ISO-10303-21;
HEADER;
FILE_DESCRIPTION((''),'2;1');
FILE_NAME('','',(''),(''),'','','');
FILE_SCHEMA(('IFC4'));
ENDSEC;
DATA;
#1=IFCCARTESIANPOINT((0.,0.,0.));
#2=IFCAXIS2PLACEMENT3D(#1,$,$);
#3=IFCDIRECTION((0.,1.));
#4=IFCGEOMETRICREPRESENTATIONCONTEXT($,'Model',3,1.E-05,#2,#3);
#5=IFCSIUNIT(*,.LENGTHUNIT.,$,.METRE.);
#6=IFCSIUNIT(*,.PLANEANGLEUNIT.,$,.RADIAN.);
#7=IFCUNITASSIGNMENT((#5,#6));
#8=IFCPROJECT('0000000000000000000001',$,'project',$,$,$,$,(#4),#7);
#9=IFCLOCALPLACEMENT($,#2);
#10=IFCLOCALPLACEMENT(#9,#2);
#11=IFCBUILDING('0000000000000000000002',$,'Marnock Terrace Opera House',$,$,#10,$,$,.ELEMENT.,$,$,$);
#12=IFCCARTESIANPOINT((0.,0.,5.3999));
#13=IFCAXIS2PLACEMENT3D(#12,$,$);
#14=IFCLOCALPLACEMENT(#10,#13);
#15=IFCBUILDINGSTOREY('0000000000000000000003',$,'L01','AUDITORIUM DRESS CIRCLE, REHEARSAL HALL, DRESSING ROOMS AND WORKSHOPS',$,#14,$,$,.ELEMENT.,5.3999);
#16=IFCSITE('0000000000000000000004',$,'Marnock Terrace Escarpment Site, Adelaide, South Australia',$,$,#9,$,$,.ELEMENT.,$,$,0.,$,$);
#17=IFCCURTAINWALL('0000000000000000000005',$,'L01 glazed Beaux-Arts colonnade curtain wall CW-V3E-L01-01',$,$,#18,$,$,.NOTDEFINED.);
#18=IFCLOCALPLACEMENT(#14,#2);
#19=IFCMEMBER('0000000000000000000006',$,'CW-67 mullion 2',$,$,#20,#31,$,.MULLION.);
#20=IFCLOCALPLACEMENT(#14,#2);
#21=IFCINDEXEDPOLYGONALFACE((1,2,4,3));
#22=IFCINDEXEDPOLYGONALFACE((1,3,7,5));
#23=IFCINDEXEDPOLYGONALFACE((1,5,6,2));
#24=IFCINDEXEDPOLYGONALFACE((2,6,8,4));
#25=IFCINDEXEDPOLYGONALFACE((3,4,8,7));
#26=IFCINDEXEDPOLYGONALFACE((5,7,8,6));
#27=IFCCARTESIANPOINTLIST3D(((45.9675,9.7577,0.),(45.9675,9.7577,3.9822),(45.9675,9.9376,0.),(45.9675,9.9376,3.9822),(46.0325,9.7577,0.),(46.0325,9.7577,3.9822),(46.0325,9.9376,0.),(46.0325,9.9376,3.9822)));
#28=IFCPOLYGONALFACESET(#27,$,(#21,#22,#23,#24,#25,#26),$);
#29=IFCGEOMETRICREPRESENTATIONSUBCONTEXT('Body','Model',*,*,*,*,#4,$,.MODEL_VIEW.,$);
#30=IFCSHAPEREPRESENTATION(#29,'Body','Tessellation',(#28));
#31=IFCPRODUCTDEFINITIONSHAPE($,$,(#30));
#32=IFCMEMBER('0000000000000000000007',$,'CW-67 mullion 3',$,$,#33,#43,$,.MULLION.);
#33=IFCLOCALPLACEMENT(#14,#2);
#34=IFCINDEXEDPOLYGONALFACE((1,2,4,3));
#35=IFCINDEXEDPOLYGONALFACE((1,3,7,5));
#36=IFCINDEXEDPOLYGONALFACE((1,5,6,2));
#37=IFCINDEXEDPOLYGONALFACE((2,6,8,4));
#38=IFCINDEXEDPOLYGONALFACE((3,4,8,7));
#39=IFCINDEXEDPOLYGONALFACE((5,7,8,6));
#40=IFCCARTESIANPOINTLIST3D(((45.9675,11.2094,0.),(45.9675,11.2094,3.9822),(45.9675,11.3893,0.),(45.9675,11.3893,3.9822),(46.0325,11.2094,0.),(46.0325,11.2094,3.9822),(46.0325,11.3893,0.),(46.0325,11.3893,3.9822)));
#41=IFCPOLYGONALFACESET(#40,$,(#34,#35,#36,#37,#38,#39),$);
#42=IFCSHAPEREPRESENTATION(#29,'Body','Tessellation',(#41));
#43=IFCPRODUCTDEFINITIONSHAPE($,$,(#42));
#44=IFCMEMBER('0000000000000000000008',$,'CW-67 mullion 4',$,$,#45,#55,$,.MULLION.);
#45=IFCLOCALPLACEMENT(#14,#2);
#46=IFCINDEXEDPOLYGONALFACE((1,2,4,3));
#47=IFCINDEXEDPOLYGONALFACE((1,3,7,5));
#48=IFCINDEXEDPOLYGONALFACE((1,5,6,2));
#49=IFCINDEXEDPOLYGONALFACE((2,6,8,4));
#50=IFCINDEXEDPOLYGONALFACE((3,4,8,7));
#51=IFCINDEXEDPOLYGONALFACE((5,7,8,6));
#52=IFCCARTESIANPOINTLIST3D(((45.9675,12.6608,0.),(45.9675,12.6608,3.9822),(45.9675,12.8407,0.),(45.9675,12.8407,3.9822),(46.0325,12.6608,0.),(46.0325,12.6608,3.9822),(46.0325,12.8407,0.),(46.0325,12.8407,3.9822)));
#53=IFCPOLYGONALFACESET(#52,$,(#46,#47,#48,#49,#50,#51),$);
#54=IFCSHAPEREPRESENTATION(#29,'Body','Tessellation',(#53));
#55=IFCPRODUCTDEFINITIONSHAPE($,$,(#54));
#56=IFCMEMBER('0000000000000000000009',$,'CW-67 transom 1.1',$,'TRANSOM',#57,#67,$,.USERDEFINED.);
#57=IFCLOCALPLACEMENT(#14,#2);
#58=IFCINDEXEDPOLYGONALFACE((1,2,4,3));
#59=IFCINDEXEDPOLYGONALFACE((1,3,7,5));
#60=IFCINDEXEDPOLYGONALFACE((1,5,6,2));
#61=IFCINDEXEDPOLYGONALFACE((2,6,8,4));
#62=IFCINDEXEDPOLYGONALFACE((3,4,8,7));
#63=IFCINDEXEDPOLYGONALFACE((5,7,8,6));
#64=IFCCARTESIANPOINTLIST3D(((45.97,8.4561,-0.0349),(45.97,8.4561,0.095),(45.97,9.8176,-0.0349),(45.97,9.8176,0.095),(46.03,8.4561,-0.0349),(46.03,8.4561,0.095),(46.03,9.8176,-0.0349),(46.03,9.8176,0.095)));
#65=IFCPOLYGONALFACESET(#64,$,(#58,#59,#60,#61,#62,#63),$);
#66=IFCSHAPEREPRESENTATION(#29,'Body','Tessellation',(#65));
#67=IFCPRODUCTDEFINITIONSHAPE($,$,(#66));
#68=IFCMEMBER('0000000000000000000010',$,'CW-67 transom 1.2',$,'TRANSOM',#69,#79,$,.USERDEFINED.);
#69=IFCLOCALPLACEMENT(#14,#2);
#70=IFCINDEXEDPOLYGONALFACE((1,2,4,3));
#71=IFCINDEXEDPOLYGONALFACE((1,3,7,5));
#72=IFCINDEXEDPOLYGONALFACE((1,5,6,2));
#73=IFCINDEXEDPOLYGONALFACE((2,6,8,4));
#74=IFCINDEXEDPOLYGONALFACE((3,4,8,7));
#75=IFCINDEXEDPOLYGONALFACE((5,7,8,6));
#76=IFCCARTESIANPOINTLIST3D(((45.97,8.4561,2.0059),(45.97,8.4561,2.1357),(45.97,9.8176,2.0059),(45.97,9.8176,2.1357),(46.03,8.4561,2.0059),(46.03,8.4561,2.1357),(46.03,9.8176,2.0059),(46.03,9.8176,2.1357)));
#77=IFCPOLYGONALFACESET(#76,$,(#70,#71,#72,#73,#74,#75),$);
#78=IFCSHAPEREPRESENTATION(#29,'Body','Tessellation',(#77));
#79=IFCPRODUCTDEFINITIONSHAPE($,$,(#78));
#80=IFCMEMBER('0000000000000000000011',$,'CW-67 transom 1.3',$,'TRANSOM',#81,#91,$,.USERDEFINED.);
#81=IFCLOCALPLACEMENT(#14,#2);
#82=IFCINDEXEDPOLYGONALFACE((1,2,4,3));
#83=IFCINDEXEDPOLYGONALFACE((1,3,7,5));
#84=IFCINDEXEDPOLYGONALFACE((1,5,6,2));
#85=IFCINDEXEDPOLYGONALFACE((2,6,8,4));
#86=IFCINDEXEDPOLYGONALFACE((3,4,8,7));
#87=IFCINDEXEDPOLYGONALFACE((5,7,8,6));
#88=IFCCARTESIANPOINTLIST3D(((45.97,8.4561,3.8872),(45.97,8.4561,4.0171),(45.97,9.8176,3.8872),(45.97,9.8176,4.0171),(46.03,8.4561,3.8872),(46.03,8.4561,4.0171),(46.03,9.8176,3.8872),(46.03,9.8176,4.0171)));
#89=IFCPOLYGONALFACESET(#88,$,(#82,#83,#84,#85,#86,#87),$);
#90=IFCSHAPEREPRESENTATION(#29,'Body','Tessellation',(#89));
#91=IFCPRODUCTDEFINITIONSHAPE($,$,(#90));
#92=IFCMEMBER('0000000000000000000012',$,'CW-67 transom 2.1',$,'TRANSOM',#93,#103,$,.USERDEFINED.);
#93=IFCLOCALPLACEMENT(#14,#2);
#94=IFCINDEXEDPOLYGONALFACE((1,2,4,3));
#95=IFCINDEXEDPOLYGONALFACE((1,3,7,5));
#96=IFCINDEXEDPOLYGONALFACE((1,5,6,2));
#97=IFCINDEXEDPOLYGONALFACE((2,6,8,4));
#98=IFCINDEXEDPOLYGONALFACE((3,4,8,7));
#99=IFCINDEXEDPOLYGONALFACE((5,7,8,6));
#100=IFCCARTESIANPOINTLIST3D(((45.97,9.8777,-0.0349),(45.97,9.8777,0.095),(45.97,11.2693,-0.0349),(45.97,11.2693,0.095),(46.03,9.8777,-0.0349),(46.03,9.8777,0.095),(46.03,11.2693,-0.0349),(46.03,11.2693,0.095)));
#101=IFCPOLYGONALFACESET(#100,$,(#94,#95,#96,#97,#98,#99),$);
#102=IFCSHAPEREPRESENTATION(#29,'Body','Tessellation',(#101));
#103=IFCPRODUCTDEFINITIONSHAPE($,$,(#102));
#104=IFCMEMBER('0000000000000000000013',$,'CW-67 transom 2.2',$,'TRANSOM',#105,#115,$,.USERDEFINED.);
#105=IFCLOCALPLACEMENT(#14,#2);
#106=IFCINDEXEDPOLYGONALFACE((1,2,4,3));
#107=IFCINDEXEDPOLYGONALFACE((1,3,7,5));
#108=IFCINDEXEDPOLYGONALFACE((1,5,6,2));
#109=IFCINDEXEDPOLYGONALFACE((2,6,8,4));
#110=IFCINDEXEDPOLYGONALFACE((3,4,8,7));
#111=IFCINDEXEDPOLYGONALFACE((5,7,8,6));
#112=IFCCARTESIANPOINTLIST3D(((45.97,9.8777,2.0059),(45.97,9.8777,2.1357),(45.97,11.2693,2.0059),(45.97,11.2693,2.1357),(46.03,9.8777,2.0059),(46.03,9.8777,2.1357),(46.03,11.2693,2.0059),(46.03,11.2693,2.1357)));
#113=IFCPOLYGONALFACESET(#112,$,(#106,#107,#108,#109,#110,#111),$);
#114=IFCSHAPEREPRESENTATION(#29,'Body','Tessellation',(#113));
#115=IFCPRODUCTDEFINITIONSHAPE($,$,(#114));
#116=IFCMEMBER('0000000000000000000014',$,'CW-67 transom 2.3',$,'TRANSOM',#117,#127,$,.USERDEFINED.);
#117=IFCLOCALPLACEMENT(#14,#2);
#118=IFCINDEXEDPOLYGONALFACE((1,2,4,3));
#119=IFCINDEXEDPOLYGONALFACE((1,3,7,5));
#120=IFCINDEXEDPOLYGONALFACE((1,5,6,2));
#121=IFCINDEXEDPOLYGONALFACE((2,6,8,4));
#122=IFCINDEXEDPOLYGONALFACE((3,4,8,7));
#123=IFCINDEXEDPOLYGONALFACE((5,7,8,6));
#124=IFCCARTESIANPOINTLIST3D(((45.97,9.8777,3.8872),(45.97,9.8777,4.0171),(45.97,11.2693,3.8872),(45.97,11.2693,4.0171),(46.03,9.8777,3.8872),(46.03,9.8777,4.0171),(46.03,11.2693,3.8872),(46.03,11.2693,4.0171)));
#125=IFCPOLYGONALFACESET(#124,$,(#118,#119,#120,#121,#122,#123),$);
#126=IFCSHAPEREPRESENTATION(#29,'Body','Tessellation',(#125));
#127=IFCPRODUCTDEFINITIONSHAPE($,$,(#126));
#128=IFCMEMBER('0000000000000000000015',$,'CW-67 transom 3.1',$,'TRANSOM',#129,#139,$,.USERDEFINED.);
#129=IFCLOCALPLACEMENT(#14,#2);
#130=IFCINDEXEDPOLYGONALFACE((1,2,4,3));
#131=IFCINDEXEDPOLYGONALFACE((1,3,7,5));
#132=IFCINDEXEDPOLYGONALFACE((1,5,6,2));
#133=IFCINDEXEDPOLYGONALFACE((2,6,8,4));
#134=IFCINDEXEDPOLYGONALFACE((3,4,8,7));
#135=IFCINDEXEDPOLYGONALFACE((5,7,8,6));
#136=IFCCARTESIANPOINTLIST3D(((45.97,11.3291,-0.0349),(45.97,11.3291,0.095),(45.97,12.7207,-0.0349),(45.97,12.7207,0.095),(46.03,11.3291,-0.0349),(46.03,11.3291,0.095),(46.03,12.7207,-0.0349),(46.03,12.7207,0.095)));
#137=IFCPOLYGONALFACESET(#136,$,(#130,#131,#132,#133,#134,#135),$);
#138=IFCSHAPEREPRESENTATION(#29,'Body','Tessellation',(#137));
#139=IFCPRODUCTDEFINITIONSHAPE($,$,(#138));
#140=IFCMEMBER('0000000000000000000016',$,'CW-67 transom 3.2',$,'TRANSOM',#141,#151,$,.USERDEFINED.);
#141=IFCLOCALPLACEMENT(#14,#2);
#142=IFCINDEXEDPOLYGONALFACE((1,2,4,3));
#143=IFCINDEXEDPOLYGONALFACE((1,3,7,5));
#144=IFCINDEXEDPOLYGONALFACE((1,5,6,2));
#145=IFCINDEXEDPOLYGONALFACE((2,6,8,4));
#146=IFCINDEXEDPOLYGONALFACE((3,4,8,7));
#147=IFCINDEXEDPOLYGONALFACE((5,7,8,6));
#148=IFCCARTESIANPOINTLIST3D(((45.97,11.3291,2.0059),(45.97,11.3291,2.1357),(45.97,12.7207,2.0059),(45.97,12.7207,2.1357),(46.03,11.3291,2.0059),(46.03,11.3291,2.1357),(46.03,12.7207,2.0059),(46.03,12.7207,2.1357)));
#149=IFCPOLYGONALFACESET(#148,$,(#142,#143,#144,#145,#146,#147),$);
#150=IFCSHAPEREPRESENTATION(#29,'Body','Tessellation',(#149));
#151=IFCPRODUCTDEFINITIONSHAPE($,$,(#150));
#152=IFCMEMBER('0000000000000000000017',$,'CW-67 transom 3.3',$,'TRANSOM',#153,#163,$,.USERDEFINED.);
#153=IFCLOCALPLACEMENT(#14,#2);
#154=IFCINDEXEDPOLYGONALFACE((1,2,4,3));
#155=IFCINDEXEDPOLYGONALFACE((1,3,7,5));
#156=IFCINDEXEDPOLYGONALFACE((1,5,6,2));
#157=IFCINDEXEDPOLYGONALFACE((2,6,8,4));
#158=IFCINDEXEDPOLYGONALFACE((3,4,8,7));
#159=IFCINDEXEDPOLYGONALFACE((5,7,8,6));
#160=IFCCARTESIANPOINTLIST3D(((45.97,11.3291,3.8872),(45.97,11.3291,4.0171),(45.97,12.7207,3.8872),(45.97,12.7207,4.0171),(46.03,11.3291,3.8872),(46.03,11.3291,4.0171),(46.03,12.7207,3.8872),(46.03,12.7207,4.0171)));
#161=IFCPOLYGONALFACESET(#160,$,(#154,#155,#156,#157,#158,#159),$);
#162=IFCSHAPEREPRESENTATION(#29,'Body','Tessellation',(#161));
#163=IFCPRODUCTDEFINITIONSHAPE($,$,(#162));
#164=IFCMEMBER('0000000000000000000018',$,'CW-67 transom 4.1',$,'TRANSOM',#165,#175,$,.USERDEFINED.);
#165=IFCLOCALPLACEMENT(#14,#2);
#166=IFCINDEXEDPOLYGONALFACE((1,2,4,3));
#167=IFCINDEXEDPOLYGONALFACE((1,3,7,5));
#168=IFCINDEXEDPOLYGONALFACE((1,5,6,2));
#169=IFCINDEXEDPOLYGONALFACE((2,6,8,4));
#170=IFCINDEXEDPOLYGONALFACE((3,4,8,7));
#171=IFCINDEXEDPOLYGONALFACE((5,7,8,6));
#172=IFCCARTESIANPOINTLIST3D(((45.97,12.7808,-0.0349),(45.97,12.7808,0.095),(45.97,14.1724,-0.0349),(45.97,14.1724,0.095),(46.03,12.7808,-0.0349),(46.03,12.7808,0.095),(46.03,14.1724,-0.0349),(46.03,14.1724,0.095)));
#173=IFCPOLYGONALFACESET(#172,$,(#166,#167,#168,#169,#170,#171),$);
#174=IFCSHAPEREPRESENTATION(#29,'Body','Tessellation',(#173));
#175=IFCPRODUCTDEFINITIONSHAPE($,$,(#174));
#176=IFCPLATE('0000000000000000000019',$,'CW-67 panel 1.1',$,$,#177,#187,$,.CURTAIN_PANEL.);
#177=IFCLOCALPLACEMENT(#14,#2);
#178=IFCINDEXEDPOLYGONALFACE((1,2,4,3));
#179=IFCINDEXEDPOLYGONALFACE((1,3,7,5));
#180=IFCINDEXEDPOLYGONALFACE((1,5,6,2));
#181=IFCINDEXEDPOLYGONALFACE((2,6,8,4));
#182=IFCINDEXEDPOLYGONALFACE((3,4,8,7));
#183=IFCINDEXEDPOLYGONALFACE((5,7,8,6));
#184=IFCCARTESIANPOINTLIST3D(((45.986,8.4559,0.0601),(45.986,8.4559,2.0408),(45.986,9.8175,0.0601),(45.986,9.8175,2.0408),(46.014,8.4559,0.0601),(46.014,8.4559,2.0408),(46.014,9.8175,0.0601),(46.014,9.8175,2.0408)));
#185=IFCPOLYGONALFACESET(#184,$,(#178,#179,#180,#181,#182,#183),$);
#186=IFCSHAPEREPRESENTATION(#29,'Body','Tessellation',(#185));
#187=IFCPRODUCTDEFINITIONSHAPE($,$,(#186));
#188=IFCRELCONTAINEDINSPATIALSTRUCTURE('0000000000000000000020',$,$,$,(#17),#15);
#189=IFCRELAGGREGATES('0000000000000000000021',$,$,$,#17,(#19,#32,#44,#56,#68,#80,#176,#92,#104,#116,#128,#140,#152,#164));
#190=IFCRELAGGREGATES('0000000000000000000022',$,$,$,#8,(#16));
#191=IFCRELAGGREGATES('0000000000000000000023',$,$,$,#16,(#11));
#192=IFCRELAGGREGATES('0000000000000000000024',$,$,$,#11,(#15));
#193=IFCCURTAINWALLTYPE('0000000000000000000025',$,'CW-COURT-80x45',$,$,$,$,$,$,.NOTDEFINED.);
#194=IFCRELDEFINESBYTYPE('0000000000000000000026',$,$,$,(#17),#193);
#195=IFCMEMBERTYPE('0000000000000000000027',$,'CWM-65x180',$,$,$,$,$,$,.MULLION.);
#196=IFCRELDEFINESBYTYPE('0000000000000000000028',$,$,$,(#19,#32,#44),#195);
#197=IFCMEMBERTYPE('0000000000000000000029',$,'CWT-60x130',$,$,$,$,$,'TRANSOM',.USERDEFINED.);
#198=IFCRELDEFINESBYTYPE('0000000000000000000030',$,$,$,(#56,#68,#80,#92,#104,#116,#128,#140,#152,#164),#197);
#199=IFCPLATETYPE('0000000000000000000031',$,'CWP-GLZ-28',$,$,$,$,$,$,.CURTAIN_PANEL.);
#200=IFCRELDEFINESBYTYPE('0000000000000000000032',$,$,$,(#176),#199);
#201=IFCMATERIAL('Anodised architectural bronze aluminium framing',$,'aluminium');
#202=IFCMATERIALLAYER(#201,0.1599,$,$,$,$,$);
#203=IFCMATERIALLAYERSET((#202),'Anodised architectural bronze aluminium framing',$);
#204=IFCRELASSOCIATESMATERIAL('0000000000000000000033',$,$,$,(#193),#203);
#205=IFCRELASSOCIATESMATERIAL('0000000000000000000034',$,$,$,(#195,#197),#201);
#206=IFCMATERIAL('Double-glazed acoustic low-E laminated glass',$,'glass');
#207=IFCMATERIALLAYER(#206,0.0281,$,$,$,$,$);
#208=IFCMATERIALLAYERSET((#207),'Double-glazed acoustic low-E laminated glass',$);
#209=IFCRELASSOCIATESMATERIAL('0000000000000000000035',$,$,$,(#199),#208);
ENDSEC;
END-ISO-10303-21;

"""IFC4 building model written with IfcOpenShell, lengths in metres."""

from ifc_helpers import new_model, si_unit, direction, frame, origin, origin_2d, place, context, subcontext, project, spatial, rectangle, extrude, material, layer, layer_set, material_profile, profile_set, type_object, element, aggregate, save


model = new_model("IFC4")

# Units and contexts
model_context = context("Model", 3, precision=1e-05, world=origin(), true_north=direction((0.0, 1.0)))
body_context = subcontext(model_context, "Body", "Model", "MODEL_VIEW")
ifc_project = project(units=[si_unit("LENGTHUNIT", "METRE"), si_unit("PLANEANGLEUNIT", "RADIAN")], contexts=[model_context])

# Site, building, storey
site_placement = place(None, origin())
site = spatial("IfcSite", under=ifc_project, at=site_placement, Name="Marnock Terrace Escarpment Site, Adelaide, South Australia", CompositionType="ELEMENT", RefElevation=0.0)
building_placement = place(site_placement, origin())
building = spatial("IfcBuilding", under=site, at=building_placement, Name="Marnock Terrace Opera House", CompositionType="ELEMENT")
storey_placement = place(building_placement, frame((0.0, 0.0, 5.3999)))
storey = spatial("IfcBuildingStorey", under=building, at=storey_placement, Name="L01", Description="AUDITORIUM DRESS CIRCLE, REHEARSAL HALL, DRESSING ROOMS AND WORKSHOPS", CompositionType="ELEMENT", Elevation=5.3999)

# Curtain wall, members, plate
ifc_material_1 = material(Name="Anodised architectural bronze aluminium framing", Category="aluminium")
ifc_layer_1 = layer(ifc_material_1, 0.1599)
ifc_layer_set_1 = layer_set([ifc_layer_1], Name="Anodised architectural bronze aluminium framing")
curtain_wall_type = type_object("IfcCurtainWallType", Name="CW-COURT-80x45", PredefinedType="NOTDEFINED", material=ifc_layer_set_1)
curtain_wall_placement = place(storey_placement, origin())
curtain_wall = element("IfcCurtainWall", 1, at=curtain_wall_placement, inside=storey, type_object=curtain_wall_type, Name="L01 glazed Beaux-Arts colonnade curtain wall CW-V3E-L01-01", PredefinedType="NOTDEFINED")
ifc_material_profile_1 = material_profile(ifc_material_1, rectangle(XDim=0.0649, YDim=0.1799, at=origin_2d()))
ifc_profile_set_1 = profile_set([ifc_material_profile_1], Name="Anodised architectural bronze aluminium framing")
member_type_1 = type_object("IfcMemberType", Name="CWM-65x180", PredefinedType="MULLION", material=ifc_profile_set_1)
member_1_placement = place(storey_placement, frame((46.0, 9.8477, 0.0), z_axis=(0.0, 0.0, 1.0), x_axis=(-1.0, 0.0, 0.0)))
member_1 = element("IfcMember", 2, at=member_1_placement, type_object=member_type_1, Name="CW-67 mullion 2", PredefinedType="MULLION", context=body_context, shape_type="SweptSolid", body=[
    extrude(rectangle(XDim=0.0649, YDim=0.1799, at=origin_2d()), origin(), (0.0, 0.0, 1.0), 3.9822),
])
member_2_placement = place(storey_placement, frame((46.0, 11.2993, 0.0), z_axis=(0.0, 0.0, 1.0), x_axis=(-1.0, 0.0, 0.0)))
member_2 = element("IfcMember", 3, at=member_2_placement, type_object=member_type_1, Name="CW-67 mullion 3", PredefinedType="MULLION", context=body_context, shape_type="SweptSolid", body=[
    extrude(rectangle(XDim=0.0649, YDim=0.1799, at=origin_2d()), origin(), (0.0, 0.0, 1.0), 3.9822),
])
member_3_placement = place(storey_placement, frame((46.0, 12.7507, 0.0), z_axis=(0.0, 0.0, 1.0), x_axis=(-1.0, 0.0, 0.0)))
member_3 = element("IfcMember", 4, at=member_3_placement, type_object=member_type_1, Name="CW-67 mullion 4", PredefinedType="MULLION", context=body_context, shape_type="SweptSolid", body=[
    extrude(rectangle(XDim=0.0649, YDim=0.1799, at=origin_2d()), origin(), (0.0, 0.0, 1.0), 3.9822),
])
ifc_material_profile_2 = material_profile(ifc_material_1, rectangle(XDim=0.0601, YDim=0.1299, at=origin_2d()))
ifc_profile_set_2 = profile_set([ifc_material_profile_2], Name="Anodised architectural bronze aluminium framing")
member_type_2 = type_object("IfcMemberType", Name="CWT-60x130", ElementType="TRANSOM", PredefinedType="USERDEFINED", material=ifc_profile_set_2)
member_4_placement = place(storey_placement, frame((46.0, 8.4561, 0.03), z_axis=(0.0, 1.0, 0.0), x_axis=(-1.0, 0.0, 0.0)))
member_4 = element("IfcMember", 5, at=member_4_placement, type_object=member_type_2, Name="CW-67 transom 1.1", ObjectType="TRANSOM", PredefinedType="USERDEFINED", context=body_context, shape_type="SweptSolid", body=[
    extrude(rectangle(XDim=0.0601, YDim=0.1299, at=origin_2d()), origin(), (0.0, 0.0, 1.0), 1.3616),
])
member_5_placement = place(storey_placement, frame((46.0, 8.4561, 2.0708), z_axis=(0.0, 1.0, 0.0), x_axis=(-1.0, 0.0, 0.0)))
member_5 = element("IfcMember", 6, at=member_5_placement, type_object=member_type_2, Name="CW-67 transom 1.2", ObjectType="TRANSOM", PredefinedType="USERDEFINED", context=body_context, shape_type="SweptSolid", body=[
    extrude(rectangle(XDim=0.0601, YDim=0.1299, at=origin_2d()), origin(), (0.0, 0.0, 1.0), 1.3616),
])
member_6_placement = place(storey_placement, frame((46.0, 8.4561, 3.9521), z_axis=(0.0, 1.0, 0.0), x_axis=(-1.0, 0.0, 0.0)))
member_6 = element("IfcMember", 7, at=member_6_placement, type_object=member_type_2, Name="CW-67 transom 1.3", ObjectType="TRANSOM", PredefinedType="USERDEFINED", context=body_context, shape_type="SweptSolid", body=[
    extrude(rectangle(XDim=0.0601, YDim=0.1299, at=origin_2d()), origin(), (0.0, 0.0, 1.0), 1.3616),
])
member_7_placement = place(storey_placement, frame((46.0, 9.8777, 0.03), z_axis=(0.0, 1.0, 0.0), x_axis=(-1.0, 0.0, 0.0)))
member_7 = element("IfcMember", 8, at=member_7_placement, type_object=member_type_2, Name="CW-67 transom 2.1", ObjectType="TRANSOM", PredefinedType="USERDEFINED", context=body_context, shape_type="SweptSolid", body=[
    extrude(rectangle(XDim=0.0601, YDim=0.1299, at=origin_2d()), origin(), (0.0, 0.0, 1.0), 1.3916),
])
member_8_placement = place(storey_placement, frame((46.0, 9.8777, 2.0708), z_axis=(0.0, 1.0, 0.0), x_axis=(-1.0, 0.0, 0.0)))
member_8 = element("IfcMember", 9, at=member_8_placement, type_object=member_type_2, Name="CW-67 transom 2.2", ObjectType="TRANSOM", PredefinedType="USERDEFINED", context=body_context, shape_type="SweptSolid", body=[
    extrude(rectangle(XDim=0.0601, YDim=0.1299, at=origin_2d()), origin(), (0.0, 0.0, 1.0), 1.3916),
])
member_9_placement = place(storey_placement, frame((46.0, 9.8777, 3.9521), z_axis=(0.0, 1.0, 0.0), x_axis=(-1.0, 0.0, 0.0)))
member_9 = element("IfcMember", 10, at=member_9_placement, type_object=member_type_2, Name="CW-67 transom 2.3", ObjectType="TRANSOM", PredefinedType="USERDEFINED", context=body_context, shape_type="SweptSolid", body=[
    extrude(rectangle(XDim=0.0601, YDim=0.1299, at=origin_2d()), origin(), (0.0, 0.0, 1.0), 1.3916),
])
member_10_placement = place(storey_placement, frame((46.0, 11.3291, 0.03), z_axis=(0.0, 1.0, 0.0), x_axis=(-1.0, 0.0, 0.0)))
member_10 = element("IfcMember", 11, at=member_10_placement, type_object=member_type_2, Name="CW-67 transom 3.1", ObjectType="TRANSOM", PredefinedType="USERDEFINED", context=body_context, shape_type="SweptSolid", body=[
    extrude(rectangle(XDim=0.0601, YDim=0.1299, at=origin_2d()), origin(), (0.0, 0.0, 1.0), 1.3916),
])
member_11_placement = place(storey_placement, frame((46.0, 11.3291, 2.0708), z_axis=(0.0, 1.0, 0.0), x_axis=(-1.0, 0.0, 0.0)))
member_11 = element("IfcMember", 12, at=member_11_placement, type_object=member_type_2, Name="CW-67 transom 3.2", ObjectType="TRANSOM", PredefinedType="USERDEFINED", context=body_context, shape_type="SweptSolid", body=[
    extrude(rectangle(XDim=0.0601, YDim=0.1299, at=origin_2d()), origin(), (0.0, 0.0, 1.0), 1.3916),
])
member_12_placement = place(storey_placement, frame((46.0, 11.3291, 3.9521), z_axis=(0.0, 1.0, 0.0), x_axis=(-1.0, 0.0, 0.0)))
member_12 = element("IfcMember", 13, at=member_12_placement, type_object=member_type_2, Name="CW-67 transom 3.3", ObjectType="TRANSOM", PredefinedType="USERDEFINED", context=body_context, shape_type="SweptSolid", body=[
    extrude(rectangle(XDim=0.0601, YDim=0.1299, at=origin_2d()), origin(), (0.0, 0.0, 1.0), 1.3916),
])
member_13_placement = place(storey_placement, frame((46.0, 12.7808, 0.03), z_axis=(0.0, 1.0, 0.0), x_axis=(-1.0, 0.0, 0.0)))
member_13 = element("IfcMember", 14, at=member_13_placement, type_object=member_type_2, Name="CW-67 transom 4.1", ObjectType="TRANSOM", PredefinedType="USERDEFINED", context=body_context, shape_type="SweptSolid", body=[
    extrude(rectangle(XDim=0.0601, YDim=0.1299, at=origin_2d()), origin(), (0.0, 0.0, 1.0), 1.3916),
])
ifc_material_2 = material(Name="Double-glazed acoustic low-E laminated glass", Category="glass")
ifc_layer_2 = layer(ifc_material_2, 0.0281)
ifc_layer_set_2 = layer_set([ifc_layer_2], Name="Double-glazed acoustic low-E laminated glass")
plate_type = type_object("IfcPlateType", Name="CWP-GLZ-28", PredefinedType="CURTAIN_PANEL", material=ifc_layer_set_2)
plate_1_placement = place(storey_placement, frame((46.0, 9.1367, 0.0601), z_axis=(0.0, 0.0, 1.0), x_axis=(0.0, 1.0, 0.0)))
plate_1 = element("IfcPlate", 15, at=plate_1_placement, type_object=plate_type, Name="CW-67 panel 1.1", PredefinedType="CURTAIN_PANEL", context=body_context, shape_type="SweptSolid", body=[
    extrude(rectangle(XDim=1.3616, YDim=0.0281, at=origin_2d()), origin(), (0.0, 0.0, 1.0), 1.9807),
])
aggregate(curtain_wall, [member_1, member_2, member_3, member_4, member_5, member_6, plate_1, member_7, member_8, member_9, member_10, member_11, member_12, member_13])

save(model, "model.ifc")
